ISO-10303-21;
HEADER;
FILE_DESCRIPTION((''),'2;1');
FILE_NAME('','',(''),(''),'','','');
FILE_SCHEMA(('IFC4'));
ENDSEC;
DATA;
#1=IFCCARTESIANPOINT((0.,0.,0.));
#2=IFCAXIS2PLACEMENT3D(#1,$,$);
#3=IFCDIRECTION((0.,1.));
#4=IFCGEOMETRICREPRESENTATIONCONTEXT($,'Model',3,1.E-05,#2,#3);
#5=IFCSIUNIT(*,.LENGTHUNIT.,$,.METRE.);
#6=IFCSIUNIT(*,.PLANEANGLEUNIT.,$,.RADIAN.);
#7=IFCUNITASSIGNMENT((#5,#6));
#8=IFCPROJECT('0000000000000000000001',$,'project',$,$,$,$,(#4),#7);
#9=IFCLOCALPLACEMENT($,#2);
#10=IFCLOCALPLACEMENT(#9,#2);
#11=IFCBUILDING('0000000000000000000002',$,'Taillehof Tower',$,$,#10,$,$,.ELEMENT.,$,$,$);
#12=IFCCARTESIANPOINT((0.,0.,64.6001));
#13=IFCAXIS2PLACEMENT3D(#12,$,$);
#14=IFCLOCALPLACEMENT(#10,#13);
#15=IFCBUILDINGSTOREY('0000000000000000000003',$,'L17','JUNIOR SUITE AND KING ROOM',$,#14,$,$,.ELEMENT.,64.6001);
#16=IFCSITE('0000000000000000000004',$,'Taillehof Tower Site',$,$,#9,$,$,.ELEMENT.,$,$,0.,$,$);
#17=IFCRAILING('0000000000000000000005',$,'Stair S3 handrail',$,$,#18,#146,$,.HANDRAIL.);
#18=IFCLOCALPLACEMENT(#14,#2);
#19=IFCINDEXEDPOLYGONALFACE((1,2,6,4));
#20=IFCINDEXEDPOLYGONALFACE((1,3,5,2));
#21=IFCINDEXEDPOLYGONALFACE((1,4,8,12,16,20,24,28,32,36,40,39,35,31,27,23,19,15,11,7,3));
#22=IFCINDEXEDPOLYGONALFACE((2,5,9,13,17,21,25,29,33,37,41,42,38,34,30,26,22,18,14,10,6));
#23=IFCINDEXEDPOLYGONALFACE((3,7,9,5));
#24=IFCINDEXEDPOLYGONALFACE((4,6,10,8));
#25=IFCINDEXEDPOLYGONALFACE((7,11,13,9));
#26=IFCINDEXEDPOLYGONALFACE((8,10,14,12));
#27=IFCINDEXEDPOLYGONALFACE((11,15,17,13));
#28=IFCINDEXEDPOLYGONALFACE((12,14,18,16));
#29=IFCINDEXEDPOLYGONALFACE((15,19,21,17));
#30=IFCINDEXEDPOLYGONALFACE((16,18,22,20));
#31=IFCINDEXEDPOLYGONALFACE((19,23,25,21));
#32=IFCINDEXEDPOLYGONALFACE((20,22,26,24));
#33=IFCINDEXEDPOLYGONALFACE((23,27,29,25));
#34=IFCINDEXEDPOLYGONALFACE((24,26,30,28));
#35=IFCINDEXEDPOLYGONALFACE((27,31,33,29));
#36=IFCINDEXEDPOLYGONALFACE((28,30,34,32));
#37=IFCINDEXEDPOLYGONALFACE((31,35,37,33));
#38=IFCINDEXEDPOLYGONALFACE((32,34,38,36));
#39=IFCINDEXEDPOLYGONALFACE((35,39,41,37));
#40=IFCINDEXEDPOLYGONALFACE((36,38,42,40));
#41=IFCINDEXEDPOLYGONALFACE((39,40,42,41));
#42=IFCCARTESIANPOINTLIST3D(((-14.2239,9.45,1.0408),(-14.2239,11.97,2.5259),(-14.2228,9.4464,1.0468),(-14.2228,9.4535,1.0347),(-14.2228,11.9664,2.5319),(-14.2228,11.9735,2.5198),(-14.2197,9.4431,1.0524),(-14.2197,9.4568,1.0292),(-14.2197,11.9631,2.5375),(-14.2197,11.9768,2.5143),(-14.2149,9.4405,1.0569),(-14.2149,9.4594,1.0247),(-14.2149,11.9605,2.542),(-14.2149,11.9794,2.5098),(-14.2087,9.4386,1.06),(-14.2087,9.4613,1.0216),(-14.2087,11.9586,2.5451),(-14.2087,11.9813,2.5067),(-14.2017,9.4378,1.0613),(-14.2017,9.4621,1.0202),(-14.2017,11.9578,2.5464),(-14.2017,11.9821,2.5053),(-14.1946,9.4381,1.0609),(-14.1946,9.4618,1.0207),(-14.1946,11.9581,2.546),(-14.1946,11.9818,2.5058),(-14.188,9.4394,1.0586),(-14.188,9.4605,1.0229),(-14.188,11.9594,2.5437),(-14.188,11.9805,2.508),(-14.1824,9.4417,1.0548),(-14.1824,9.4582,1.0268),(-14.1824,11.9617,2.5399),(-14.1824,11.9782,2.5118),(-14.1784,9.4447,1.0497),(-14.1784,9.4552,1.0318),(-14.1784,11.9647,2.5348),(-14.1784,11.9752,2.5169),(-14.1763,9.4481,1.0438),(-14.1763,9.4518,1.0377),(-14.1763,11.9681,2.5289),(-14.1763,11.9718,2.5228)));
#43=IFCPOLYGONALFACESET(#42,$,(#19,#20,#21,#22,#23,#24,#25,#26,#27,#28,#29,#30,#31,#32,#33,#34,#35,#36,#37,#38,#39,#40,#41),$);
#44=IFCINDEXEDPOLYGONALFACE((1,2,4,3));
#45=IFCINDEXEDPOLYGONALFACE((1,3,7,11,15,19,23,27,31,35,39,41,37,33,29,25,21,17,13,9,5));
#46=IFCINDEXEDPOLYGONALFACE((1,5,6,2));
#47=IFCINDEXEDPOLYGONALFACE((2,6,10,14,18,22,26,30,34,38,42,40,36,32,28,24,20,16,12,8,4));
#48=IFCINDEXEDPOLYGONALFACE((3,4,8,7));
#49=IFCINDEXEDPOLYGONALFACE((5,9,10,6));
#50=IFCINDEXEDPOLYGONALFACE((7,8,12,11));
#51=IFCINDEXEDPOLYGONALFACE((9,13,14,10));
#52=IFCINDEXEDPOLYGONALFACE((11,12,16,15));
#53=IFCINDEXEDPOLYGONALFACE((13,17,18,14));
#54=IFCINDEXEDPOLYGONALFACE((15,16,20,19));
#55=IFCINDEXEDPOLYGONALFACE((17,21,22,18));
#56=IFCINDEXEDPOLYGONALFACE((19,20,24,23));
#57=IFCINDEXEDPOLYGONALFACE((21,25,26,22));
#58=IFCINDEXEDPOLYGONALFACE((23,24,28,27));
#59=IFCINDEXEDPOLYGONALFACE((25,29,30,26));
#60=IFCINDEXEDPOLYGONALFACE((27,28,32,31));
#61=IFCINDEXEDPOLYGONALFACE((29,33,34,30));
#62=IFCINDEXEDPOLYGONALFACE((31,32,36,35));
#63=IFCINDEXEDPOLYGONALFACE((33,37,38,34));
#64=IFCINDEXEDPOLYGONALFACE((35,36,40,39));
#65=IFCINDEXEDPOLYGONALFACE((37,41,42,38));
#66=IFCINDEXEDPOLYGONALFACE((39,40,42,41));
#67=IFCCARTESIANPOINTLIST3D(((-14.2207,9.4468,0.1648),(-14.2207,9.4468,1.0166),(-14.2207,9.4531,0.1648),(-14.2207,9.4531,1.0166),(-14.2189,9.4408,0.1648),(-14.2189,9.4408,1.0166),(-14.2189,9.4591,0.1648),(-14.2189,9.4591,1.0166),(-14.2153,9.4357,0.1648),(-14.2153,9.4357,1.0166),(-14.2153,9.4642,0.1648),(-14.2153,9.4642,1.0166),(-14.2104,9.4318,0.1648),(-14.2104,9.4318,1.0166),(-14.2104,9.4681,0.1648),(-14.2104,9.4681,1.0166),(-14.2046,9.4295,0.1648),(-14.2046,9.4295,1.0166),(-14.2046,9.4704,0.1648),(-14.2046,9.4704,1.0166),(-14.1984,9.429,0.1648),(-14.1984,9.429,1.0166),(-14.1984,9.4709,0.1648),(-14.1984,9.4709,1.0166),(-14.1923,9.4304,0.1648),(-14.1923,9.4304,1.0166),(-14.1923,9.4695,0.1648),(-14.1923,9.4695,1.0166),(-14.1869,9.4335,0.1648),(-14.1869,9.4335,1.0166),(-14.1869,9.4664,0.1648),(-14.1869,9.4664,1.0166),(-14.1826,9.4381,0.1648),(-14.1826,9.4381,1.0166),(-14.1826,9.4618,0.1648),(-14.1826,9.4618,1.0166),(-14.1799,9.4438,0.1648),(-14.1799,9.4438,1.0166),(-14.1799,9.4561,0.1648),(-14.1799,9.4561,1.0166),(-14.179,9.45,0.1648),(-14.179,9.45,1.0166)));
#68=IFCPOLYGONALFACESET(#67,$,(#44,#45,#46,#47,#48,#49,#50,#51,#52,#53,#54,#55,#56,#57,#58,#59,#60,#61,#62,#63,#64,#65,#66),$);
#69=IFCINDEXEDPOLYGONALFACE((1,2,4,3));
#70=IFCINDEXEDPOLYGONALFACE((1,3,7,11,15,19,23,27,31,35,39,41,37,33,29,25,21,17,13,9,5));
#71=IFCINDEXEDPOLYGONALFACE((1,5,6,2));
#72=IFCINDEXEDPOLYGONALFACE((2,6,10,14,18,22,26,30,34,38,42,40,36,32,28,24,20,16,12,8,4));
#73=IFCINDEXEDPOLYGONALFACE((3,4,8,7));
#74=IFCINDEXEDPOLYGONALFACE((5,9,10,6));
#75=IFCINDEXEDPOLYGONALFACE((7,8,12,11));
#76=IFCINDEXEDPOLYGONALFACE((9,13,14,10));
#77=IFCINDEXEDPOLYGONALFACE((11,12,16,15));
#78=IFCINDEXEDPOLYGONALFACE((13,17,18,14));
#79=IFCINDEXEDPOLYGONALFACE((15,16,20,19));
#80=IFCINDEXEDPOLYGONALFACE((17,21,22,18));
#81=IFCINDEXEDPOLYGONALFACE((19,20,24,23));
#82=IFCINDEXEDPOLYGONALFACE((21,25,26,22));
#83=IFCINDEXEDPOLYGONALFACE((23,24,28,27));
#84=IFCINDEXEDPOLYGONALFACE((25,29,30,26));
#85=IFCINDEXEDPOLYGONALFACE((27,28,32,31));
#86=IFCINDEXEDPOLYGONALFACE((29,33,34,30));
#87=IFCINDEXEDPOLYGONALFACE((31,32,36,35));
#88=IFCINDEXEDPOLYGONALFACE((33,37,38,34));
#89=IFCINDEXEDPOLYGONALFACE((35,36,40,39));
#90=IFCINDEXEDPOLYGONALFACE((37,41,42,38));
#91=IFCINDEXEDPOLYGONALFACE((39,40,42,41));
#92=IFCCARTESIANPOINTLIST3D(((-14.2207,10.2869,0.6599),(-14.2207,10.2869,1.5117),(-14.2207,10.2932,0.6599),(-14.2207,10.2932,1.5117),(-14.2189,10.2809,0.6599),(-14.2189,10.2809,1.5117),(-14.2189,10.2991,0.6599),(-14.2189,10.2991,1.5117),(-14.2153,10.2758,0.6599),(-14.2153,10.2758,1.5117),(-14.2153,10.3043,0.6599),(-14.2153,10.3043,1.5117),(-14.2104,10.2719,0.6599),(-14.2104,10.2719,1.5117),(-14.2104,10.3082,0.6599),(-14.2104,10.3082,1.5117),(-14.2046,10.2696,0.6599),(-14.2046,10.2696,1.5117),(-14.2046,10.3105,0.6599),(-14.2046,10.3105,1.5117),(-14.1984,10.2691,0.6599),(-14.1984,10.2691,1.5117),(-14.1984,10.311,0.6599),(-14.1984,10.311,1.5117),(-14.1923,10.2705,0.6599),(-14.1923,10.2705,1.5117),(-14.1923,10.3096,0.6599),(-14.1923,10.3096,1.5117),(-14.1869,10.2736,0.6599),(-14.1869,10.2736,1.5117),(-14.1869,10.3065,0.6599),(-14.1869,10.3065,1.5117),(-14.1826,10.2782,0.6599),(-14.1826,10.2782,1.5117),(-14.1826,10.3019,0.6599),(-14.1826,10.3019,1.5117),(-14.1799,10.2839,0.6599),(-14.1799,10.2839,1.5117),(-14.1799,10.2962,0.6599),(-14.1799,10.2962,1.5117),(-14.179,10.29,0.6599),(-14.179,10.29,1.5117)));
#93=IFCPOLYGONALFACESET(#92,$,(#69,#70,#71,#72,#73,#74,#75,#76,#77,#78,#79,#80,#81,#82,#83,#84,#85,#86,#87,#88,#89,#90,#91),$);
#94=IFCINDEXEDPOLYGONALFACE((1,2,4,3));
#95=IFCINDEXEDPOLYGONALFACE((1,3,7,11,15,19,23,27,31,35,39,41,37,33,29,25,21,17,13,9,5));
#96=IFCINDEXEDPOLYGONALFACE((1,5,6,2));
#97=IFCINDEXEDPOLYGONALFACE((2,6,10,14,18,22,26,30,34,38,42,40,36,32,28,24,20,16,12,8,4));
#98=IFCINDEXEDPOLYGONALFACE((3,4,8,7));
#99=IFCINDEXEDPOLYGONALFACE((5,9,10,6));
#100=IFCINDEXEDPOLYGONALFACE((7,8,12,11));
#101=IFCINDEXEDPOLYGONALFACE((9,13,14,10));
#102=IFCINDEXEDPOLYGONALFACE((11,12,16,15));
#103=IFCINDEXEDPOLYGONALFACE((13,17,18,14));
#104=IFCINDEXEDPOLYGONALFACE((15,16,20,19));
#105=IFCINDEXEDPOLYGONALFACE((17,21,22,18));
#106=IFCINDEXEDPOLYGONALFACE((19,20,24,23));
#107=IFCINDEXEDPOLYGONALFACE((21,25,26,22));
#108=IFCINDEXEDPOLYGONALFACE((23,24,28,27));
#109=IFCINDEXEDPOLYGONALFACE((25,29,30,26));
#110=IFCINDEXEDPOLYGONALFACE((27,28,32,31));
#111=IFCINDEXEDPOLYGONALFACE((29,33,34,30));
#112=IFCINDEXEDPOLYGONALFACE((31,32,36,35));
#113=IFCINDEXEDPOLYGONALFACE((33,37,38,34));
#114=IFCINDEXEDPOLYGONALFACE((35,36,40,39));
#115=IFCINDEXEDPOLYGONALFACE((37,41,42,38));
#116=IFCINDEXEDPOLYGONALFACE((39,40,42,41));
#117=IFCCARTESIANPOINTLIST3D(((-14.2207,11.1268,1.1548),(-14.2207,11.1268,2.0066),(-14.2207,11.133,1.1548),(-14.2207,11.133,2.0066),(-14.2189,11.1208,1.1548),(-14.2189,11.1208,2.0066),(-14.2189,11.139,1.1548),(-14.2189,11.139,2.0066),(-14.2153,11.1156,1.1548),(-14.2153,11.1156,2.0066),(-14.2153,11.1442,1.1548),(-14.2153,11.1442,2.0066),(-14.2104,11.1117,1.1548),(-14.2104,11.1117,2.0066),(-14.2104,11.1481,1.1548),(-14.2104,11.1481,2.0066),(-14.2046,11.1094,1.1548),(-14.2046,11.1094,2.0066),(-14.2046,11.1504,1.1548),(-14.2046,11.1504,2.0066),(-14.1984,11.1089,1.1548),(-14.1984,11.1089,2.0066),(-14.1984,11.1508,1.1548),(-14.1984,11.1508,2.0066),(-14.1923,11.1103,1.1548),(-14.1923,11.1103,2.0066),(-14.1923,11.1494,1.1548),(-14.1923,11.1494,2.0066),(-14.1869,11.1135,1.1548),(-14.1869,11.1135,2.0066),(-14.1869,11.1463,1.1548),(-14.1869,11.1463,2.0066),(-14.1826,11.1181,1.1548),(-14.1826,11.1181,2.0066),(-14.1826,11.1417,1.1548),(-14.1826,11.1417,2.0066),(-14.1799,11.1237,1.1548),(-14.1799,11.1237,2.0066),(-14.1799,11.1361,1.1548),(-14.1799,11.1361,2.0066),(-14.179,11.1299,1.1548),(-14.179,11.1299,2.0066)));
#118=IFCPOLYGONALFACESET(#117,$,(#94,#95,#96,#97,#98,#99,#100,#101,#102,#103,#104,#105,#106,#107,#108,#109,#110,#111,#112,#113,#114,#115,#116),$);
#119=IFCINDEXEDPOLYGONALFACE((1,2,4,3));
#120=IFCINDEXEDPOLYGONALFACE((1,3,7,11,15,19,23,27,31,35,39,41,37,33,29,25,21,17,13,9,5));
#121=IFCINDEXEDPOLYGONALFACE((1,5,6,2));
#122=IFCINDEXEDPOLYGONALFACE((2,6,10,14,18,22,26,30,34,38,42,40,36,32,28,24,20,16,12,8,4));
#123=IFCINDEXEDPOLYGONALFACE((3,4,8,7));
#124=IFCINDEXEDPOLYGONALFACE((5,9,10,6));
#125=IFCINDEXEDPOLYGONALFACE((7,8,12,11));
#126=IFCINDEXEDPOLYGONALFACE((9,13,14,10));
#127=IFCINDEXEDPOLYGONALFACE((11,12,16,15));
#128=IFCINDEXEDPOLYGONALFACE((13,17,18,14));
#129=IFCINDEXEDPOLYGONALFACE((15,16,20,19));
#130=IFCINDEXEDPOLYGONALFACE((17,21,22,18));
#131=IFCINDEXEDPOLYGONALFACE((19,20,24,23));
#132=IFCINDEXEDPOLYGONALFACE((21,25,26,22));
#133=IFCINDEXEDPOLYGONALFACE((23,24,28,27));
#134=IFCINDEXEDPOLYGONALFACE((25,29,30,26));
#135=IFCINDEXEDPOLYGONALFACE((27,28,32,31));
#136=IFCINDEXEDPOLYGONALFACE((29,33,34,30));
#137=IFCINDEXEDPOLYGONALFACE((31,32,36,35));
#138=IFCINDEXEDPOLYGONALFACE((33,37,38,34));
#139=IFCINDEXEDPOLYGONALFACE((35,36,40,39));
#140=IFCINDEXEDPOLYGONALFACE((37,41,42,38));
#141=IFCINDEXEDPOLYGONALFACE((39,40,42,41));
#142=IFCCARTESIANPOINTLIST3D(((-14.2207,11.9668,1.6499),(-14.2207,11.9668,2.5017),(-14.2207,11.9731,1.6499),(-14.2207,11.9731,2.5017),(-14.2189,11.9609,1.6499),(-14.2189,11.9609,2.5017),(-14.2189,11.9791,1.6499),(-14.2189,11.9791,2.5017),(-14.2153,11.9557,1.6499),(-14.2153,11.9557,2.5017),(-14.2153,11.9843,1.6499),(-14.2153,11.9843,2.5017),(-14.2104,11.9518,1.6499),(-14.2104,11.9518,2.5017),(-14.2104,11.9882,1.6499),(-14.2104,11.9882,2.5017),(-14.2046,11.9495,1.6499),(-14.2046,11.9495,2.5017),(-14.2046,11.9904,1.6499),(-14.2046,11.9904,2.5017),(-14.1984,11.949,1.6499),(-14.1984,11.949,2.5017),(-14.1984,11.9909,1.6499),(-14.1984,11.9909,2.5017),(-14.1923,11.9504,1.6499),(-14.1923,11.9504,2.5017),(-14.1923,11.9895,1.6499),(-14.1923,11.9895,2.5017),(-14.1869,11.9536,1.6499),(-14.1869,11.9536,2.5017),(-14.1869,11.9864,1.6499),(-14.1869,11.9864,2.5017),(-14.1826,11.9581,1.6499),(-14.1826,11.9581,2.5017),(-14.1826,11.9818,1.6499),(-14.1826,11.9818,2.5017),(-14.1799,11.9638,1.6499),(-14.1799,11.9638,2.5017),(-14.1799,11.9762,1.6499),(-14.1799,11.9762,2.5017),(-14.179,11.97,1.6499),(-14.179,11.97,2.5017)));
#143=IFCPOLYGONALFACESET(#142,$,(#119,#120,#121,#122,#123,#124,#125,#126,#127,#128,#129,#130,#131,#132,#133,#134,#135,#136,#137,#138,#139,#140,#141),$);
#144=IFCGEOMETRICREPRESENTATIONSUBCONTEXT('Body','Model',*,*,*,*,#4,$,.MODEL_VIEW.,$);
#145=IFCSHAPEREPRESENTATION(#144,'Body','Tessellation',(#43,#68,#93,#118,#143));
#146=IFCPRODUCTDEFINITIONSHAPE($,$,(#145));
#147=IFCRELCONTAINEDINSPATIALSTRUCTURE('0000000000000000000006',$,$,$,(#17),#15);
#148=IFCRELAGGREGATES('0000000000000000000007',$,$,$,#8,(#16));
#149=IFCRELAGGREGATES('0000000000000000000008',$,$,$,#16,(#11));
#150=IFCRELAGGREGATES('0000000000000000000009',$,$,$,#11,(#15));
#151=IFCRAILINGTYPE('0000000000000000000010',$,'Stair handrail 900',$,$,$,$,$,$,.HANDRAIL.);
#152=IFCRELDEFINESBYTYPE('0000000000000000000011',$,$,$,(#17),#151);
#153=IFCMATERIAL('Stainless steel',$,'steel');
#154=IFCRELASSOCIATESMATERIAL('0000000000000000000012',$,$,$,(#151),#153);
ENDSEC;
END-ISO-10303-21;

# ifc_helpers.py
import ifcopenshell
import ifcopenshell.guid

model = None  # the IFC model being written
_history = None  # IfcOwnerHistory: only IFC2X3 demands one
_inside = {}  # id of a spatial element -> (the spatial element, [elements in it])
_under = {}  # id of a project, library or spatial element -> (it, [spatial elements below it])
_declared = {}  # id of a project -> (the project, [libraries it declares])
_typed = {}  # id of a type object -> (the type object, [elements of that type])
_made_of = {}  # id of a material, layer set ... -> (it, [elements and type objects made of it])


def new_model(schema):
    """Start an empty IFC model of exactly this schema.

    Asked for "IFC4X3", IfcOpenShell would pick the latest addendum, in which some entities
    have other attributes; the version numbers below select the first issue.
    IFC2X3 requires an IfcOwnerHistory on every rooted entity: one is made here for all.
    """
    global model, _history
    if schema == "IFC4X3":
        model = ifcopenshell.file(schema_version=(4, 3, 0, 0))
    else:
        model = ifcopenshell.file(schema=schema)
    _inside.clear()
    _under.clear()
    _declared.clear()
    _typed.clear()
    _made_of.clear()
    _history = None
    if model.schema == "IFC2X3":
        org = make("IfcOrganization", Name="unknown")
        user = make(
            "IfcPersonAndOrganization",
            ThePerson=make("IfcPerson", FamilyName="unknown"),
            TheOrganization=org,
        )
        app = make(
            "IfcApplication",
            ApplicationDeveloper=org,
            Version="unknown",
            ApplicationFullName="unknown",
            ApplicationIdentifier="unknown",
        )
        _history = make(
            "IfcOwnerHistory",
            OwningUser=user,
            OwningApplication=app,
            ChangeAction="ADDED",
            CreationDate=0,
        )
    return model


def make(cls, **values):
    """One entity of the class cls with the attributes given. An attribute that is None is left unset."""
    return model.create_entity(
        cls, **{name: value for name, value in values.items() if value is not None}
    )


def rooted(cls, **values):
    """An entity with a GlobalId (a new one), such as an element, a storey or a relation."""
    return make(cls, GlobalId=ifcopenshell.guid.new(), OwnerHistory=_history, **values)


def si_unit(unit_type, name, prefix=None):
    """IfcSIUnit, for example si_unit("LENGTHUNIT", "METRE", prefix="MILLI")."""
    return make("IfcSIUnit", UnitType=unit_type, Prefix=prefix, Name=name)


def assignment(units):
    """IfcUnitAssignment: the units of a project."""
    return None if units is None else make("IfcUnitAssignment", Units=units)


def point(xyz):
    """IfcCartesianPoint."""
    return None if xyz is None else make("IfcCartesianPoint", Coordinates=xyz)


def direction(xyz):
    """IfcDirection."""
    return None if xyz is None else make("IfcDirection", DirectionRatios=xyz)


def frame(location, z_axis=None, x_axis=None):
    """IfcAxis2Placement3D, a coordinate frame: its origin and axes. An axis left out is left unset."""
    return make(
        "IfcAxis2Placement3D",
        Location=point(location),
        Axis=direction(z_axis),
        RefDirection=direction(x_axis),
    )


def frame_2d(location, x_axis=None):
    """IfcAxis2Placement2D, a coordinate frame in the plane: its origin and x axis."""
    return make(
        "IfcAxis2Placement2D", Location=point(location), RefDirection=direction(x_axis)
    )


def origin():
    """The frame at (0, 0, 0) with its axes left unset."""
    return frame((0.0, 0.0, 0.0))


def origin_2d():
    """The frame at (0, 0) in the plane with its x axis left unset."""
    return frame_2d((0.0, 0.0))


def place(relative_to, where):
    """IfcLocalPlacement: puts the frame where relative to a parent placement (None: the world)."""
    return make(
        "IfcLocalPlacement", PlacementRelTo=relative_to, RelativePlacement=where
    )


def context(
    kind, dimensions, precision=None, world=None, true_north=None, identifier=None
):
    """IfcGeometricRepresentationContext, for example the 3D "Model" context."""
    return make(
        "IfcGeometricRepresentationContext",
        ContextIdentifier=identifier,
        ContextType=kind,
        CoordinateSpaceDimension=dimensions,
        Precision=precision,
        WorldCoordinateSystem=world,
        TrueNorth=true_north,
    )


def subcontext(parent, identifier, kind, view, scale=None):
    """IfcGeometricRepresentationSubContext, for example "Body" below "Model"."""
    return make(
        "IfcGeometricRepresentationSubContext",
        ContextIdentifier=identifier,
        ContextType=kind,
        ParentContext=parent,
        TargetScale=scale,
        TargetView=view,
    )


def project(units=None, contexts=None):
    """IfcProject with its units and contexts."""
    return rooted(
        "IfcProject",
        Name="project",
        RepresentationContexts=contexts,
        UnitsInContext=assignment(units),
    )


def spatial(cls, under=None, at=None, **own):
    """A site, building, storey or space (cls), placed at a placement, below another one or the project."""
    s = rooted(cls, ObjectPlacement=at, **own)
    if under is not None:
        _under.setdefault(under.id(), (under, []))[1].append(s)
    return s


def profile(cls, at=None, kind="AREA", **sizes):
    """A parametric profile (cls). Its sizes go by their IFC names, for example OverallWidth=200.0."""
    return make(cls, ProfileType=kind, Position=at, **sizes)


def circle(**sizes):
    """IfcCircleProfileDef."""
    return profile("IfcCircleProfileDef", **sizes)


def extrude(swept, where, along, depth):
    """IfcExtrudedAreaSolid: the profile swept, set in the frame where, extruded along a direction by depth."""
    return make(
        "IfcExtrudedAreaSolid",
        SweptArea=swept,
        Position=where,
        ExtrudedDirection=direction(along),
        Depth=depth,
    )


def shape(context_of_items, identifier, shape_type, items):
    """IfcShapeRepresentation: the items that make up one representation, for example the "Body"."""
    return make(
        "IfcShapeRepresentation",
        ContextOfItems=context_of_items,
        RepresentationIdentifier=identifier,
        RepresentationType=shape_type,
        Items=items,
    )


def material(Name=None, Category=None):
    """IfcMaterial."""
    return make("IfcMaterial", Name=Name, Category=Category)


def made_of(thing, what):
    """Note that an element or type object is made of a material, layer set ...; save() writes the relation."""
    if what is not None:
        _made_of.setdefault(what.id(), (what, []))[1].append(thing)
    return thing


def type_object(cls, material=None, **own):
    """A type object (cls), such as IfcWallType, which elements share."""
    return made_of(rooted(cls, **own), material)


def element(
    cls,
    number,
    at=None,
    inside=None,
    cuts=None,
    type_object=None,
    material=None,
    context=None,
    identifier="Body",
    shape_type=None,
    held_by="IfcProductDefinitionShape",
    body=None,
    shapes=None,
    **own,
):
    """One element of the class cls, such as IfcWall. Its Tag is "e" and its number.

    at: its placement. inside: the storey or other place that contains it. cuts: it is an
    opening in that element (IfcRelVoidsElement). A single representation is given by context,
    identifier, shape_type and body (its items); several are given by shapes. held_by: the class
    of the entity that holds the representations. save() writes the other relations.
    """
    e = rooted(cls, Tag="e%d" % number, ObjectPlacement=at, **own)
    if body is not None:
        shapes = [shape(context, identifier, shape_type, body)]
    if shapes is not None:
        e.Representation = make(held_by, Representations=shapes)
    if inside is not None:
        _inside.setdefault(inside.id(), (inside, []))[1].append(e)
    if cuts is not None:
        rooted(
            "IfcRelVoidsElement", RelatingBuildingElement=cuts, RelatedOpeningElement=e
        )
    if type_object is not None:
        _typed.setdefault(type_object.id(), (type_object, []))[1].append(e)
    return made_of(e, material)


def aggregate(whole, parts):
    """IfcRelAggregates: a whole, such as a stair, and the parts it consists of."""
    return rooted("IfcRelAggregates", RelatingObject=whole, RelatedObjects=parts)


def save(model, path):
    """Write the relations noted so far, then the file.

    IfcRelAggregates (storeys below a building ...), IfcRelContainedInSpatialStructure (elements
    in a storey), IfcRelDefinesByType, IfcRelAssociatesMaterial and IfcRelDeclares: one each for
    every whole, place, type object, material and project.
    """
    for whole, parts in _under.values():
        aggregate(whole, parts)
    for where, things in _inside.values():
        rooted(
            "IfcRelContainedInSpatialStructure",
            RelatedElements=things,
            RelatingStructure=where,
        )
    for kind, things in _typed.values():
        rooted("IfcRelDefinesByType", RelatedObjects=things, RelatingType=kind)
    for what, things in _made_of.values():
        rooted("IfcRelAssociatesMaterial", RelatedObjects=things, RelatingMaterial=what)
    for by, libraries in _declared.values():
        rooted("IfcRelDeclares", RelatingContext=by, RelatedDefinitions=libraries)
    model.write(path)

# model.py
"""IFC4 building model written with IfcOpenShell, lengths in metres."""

from ifc_helpers import new_model, si_unit, direction, frame, origin, origin_2d, place, context, subcontext, project, spatial, circle, extrude, material, type_object, element, save


model = new_model("IFC4")

# Units and contexts
model_context = context("Model", 3, precision=1e-05, world=origin(), true_north=direction((0.0, 1.0)))
body_context = subcontext(model_context, "Body", "Model", "MODEL_VIEW")
ifc_project = project(units=[si_unit("LENGTHUNIT", "METRE"), si_unit("PLANEANGLEUNIT", "RADIAN")], contexts=[model_context])

# Site, building, storey
site_placement = place(None, origin())
site = spatial("IfcSite", under=ifc_project, at=site_placement, Name="Taillehof Tower Site", CompositionType="ELEMENT", RefElevation=0.0)
building_placement = place(site_placement, origin())
building = spatial("IfcBuilding", under=site, at=building_placement, Name="Taillehof Tower", CompositionType="ELEMENT")
storey_placement = place(building_placement, frame((0.0, 0.0, 64.6001)))
storey = spatial("IfcBuildingStorey", under=building, at=storey_placement, Name="L17", Description="JUNIOR SUITE AND KING ROOM", CompositionType="ELEMENT", Elevation=64.6001)

# Railing
ifc_material_1 = material(Name="Stainless steel", Category="steel")
railing_type = type_object("IfcRailingType", Name="Stair handrail 900", PredefinedType="HANDRAIL", material=ifc_material_1)
railing_1_placement = place(storey_placement, frame((-14.2, 9.45, 0.1648)))
element("IfcRailing", 1, at=railing_1_placement, inside=storey, type_object=railing_type, Name="Stair S3 handrail", PredefinedType="HANDRAIL", context=body_context, shape_type="SweptSolid", body=[
    extrude(circle(Radius=0.0239, at=origin_2d()), frame((0.0, 0.0, 0.876), z_axis=(0.0, 0.861524, 0.507717), x_axis=(-1.0, 0.0, 0.0)), (0.0, 0.0, 1.0), 2.925),
    extrude(circle(Radius=0.021, at=origin_2d()), origin(), (0.0, 0.0, 1.0), 0.8518),
    extrude(circle(Radius=0.021, at=origin_2d()), frame((0.0, 0.8401, 0.4951)), (0.0, 0.0, 1.0), 0.8518),
    extrude(circle(Radius=0.021, at=origin_2d()), frame((0.0, 1.6799, 0.99)), (0.0, 0.0, 1.0), 0.8518),
    extrude(circle(Radius=0.021, at=origin_2d()), frame((0.0, 2.52, 1.4851)), (0.0, 0.0, 1.0), 0.8518),
])

save(model, "model.ifc")
